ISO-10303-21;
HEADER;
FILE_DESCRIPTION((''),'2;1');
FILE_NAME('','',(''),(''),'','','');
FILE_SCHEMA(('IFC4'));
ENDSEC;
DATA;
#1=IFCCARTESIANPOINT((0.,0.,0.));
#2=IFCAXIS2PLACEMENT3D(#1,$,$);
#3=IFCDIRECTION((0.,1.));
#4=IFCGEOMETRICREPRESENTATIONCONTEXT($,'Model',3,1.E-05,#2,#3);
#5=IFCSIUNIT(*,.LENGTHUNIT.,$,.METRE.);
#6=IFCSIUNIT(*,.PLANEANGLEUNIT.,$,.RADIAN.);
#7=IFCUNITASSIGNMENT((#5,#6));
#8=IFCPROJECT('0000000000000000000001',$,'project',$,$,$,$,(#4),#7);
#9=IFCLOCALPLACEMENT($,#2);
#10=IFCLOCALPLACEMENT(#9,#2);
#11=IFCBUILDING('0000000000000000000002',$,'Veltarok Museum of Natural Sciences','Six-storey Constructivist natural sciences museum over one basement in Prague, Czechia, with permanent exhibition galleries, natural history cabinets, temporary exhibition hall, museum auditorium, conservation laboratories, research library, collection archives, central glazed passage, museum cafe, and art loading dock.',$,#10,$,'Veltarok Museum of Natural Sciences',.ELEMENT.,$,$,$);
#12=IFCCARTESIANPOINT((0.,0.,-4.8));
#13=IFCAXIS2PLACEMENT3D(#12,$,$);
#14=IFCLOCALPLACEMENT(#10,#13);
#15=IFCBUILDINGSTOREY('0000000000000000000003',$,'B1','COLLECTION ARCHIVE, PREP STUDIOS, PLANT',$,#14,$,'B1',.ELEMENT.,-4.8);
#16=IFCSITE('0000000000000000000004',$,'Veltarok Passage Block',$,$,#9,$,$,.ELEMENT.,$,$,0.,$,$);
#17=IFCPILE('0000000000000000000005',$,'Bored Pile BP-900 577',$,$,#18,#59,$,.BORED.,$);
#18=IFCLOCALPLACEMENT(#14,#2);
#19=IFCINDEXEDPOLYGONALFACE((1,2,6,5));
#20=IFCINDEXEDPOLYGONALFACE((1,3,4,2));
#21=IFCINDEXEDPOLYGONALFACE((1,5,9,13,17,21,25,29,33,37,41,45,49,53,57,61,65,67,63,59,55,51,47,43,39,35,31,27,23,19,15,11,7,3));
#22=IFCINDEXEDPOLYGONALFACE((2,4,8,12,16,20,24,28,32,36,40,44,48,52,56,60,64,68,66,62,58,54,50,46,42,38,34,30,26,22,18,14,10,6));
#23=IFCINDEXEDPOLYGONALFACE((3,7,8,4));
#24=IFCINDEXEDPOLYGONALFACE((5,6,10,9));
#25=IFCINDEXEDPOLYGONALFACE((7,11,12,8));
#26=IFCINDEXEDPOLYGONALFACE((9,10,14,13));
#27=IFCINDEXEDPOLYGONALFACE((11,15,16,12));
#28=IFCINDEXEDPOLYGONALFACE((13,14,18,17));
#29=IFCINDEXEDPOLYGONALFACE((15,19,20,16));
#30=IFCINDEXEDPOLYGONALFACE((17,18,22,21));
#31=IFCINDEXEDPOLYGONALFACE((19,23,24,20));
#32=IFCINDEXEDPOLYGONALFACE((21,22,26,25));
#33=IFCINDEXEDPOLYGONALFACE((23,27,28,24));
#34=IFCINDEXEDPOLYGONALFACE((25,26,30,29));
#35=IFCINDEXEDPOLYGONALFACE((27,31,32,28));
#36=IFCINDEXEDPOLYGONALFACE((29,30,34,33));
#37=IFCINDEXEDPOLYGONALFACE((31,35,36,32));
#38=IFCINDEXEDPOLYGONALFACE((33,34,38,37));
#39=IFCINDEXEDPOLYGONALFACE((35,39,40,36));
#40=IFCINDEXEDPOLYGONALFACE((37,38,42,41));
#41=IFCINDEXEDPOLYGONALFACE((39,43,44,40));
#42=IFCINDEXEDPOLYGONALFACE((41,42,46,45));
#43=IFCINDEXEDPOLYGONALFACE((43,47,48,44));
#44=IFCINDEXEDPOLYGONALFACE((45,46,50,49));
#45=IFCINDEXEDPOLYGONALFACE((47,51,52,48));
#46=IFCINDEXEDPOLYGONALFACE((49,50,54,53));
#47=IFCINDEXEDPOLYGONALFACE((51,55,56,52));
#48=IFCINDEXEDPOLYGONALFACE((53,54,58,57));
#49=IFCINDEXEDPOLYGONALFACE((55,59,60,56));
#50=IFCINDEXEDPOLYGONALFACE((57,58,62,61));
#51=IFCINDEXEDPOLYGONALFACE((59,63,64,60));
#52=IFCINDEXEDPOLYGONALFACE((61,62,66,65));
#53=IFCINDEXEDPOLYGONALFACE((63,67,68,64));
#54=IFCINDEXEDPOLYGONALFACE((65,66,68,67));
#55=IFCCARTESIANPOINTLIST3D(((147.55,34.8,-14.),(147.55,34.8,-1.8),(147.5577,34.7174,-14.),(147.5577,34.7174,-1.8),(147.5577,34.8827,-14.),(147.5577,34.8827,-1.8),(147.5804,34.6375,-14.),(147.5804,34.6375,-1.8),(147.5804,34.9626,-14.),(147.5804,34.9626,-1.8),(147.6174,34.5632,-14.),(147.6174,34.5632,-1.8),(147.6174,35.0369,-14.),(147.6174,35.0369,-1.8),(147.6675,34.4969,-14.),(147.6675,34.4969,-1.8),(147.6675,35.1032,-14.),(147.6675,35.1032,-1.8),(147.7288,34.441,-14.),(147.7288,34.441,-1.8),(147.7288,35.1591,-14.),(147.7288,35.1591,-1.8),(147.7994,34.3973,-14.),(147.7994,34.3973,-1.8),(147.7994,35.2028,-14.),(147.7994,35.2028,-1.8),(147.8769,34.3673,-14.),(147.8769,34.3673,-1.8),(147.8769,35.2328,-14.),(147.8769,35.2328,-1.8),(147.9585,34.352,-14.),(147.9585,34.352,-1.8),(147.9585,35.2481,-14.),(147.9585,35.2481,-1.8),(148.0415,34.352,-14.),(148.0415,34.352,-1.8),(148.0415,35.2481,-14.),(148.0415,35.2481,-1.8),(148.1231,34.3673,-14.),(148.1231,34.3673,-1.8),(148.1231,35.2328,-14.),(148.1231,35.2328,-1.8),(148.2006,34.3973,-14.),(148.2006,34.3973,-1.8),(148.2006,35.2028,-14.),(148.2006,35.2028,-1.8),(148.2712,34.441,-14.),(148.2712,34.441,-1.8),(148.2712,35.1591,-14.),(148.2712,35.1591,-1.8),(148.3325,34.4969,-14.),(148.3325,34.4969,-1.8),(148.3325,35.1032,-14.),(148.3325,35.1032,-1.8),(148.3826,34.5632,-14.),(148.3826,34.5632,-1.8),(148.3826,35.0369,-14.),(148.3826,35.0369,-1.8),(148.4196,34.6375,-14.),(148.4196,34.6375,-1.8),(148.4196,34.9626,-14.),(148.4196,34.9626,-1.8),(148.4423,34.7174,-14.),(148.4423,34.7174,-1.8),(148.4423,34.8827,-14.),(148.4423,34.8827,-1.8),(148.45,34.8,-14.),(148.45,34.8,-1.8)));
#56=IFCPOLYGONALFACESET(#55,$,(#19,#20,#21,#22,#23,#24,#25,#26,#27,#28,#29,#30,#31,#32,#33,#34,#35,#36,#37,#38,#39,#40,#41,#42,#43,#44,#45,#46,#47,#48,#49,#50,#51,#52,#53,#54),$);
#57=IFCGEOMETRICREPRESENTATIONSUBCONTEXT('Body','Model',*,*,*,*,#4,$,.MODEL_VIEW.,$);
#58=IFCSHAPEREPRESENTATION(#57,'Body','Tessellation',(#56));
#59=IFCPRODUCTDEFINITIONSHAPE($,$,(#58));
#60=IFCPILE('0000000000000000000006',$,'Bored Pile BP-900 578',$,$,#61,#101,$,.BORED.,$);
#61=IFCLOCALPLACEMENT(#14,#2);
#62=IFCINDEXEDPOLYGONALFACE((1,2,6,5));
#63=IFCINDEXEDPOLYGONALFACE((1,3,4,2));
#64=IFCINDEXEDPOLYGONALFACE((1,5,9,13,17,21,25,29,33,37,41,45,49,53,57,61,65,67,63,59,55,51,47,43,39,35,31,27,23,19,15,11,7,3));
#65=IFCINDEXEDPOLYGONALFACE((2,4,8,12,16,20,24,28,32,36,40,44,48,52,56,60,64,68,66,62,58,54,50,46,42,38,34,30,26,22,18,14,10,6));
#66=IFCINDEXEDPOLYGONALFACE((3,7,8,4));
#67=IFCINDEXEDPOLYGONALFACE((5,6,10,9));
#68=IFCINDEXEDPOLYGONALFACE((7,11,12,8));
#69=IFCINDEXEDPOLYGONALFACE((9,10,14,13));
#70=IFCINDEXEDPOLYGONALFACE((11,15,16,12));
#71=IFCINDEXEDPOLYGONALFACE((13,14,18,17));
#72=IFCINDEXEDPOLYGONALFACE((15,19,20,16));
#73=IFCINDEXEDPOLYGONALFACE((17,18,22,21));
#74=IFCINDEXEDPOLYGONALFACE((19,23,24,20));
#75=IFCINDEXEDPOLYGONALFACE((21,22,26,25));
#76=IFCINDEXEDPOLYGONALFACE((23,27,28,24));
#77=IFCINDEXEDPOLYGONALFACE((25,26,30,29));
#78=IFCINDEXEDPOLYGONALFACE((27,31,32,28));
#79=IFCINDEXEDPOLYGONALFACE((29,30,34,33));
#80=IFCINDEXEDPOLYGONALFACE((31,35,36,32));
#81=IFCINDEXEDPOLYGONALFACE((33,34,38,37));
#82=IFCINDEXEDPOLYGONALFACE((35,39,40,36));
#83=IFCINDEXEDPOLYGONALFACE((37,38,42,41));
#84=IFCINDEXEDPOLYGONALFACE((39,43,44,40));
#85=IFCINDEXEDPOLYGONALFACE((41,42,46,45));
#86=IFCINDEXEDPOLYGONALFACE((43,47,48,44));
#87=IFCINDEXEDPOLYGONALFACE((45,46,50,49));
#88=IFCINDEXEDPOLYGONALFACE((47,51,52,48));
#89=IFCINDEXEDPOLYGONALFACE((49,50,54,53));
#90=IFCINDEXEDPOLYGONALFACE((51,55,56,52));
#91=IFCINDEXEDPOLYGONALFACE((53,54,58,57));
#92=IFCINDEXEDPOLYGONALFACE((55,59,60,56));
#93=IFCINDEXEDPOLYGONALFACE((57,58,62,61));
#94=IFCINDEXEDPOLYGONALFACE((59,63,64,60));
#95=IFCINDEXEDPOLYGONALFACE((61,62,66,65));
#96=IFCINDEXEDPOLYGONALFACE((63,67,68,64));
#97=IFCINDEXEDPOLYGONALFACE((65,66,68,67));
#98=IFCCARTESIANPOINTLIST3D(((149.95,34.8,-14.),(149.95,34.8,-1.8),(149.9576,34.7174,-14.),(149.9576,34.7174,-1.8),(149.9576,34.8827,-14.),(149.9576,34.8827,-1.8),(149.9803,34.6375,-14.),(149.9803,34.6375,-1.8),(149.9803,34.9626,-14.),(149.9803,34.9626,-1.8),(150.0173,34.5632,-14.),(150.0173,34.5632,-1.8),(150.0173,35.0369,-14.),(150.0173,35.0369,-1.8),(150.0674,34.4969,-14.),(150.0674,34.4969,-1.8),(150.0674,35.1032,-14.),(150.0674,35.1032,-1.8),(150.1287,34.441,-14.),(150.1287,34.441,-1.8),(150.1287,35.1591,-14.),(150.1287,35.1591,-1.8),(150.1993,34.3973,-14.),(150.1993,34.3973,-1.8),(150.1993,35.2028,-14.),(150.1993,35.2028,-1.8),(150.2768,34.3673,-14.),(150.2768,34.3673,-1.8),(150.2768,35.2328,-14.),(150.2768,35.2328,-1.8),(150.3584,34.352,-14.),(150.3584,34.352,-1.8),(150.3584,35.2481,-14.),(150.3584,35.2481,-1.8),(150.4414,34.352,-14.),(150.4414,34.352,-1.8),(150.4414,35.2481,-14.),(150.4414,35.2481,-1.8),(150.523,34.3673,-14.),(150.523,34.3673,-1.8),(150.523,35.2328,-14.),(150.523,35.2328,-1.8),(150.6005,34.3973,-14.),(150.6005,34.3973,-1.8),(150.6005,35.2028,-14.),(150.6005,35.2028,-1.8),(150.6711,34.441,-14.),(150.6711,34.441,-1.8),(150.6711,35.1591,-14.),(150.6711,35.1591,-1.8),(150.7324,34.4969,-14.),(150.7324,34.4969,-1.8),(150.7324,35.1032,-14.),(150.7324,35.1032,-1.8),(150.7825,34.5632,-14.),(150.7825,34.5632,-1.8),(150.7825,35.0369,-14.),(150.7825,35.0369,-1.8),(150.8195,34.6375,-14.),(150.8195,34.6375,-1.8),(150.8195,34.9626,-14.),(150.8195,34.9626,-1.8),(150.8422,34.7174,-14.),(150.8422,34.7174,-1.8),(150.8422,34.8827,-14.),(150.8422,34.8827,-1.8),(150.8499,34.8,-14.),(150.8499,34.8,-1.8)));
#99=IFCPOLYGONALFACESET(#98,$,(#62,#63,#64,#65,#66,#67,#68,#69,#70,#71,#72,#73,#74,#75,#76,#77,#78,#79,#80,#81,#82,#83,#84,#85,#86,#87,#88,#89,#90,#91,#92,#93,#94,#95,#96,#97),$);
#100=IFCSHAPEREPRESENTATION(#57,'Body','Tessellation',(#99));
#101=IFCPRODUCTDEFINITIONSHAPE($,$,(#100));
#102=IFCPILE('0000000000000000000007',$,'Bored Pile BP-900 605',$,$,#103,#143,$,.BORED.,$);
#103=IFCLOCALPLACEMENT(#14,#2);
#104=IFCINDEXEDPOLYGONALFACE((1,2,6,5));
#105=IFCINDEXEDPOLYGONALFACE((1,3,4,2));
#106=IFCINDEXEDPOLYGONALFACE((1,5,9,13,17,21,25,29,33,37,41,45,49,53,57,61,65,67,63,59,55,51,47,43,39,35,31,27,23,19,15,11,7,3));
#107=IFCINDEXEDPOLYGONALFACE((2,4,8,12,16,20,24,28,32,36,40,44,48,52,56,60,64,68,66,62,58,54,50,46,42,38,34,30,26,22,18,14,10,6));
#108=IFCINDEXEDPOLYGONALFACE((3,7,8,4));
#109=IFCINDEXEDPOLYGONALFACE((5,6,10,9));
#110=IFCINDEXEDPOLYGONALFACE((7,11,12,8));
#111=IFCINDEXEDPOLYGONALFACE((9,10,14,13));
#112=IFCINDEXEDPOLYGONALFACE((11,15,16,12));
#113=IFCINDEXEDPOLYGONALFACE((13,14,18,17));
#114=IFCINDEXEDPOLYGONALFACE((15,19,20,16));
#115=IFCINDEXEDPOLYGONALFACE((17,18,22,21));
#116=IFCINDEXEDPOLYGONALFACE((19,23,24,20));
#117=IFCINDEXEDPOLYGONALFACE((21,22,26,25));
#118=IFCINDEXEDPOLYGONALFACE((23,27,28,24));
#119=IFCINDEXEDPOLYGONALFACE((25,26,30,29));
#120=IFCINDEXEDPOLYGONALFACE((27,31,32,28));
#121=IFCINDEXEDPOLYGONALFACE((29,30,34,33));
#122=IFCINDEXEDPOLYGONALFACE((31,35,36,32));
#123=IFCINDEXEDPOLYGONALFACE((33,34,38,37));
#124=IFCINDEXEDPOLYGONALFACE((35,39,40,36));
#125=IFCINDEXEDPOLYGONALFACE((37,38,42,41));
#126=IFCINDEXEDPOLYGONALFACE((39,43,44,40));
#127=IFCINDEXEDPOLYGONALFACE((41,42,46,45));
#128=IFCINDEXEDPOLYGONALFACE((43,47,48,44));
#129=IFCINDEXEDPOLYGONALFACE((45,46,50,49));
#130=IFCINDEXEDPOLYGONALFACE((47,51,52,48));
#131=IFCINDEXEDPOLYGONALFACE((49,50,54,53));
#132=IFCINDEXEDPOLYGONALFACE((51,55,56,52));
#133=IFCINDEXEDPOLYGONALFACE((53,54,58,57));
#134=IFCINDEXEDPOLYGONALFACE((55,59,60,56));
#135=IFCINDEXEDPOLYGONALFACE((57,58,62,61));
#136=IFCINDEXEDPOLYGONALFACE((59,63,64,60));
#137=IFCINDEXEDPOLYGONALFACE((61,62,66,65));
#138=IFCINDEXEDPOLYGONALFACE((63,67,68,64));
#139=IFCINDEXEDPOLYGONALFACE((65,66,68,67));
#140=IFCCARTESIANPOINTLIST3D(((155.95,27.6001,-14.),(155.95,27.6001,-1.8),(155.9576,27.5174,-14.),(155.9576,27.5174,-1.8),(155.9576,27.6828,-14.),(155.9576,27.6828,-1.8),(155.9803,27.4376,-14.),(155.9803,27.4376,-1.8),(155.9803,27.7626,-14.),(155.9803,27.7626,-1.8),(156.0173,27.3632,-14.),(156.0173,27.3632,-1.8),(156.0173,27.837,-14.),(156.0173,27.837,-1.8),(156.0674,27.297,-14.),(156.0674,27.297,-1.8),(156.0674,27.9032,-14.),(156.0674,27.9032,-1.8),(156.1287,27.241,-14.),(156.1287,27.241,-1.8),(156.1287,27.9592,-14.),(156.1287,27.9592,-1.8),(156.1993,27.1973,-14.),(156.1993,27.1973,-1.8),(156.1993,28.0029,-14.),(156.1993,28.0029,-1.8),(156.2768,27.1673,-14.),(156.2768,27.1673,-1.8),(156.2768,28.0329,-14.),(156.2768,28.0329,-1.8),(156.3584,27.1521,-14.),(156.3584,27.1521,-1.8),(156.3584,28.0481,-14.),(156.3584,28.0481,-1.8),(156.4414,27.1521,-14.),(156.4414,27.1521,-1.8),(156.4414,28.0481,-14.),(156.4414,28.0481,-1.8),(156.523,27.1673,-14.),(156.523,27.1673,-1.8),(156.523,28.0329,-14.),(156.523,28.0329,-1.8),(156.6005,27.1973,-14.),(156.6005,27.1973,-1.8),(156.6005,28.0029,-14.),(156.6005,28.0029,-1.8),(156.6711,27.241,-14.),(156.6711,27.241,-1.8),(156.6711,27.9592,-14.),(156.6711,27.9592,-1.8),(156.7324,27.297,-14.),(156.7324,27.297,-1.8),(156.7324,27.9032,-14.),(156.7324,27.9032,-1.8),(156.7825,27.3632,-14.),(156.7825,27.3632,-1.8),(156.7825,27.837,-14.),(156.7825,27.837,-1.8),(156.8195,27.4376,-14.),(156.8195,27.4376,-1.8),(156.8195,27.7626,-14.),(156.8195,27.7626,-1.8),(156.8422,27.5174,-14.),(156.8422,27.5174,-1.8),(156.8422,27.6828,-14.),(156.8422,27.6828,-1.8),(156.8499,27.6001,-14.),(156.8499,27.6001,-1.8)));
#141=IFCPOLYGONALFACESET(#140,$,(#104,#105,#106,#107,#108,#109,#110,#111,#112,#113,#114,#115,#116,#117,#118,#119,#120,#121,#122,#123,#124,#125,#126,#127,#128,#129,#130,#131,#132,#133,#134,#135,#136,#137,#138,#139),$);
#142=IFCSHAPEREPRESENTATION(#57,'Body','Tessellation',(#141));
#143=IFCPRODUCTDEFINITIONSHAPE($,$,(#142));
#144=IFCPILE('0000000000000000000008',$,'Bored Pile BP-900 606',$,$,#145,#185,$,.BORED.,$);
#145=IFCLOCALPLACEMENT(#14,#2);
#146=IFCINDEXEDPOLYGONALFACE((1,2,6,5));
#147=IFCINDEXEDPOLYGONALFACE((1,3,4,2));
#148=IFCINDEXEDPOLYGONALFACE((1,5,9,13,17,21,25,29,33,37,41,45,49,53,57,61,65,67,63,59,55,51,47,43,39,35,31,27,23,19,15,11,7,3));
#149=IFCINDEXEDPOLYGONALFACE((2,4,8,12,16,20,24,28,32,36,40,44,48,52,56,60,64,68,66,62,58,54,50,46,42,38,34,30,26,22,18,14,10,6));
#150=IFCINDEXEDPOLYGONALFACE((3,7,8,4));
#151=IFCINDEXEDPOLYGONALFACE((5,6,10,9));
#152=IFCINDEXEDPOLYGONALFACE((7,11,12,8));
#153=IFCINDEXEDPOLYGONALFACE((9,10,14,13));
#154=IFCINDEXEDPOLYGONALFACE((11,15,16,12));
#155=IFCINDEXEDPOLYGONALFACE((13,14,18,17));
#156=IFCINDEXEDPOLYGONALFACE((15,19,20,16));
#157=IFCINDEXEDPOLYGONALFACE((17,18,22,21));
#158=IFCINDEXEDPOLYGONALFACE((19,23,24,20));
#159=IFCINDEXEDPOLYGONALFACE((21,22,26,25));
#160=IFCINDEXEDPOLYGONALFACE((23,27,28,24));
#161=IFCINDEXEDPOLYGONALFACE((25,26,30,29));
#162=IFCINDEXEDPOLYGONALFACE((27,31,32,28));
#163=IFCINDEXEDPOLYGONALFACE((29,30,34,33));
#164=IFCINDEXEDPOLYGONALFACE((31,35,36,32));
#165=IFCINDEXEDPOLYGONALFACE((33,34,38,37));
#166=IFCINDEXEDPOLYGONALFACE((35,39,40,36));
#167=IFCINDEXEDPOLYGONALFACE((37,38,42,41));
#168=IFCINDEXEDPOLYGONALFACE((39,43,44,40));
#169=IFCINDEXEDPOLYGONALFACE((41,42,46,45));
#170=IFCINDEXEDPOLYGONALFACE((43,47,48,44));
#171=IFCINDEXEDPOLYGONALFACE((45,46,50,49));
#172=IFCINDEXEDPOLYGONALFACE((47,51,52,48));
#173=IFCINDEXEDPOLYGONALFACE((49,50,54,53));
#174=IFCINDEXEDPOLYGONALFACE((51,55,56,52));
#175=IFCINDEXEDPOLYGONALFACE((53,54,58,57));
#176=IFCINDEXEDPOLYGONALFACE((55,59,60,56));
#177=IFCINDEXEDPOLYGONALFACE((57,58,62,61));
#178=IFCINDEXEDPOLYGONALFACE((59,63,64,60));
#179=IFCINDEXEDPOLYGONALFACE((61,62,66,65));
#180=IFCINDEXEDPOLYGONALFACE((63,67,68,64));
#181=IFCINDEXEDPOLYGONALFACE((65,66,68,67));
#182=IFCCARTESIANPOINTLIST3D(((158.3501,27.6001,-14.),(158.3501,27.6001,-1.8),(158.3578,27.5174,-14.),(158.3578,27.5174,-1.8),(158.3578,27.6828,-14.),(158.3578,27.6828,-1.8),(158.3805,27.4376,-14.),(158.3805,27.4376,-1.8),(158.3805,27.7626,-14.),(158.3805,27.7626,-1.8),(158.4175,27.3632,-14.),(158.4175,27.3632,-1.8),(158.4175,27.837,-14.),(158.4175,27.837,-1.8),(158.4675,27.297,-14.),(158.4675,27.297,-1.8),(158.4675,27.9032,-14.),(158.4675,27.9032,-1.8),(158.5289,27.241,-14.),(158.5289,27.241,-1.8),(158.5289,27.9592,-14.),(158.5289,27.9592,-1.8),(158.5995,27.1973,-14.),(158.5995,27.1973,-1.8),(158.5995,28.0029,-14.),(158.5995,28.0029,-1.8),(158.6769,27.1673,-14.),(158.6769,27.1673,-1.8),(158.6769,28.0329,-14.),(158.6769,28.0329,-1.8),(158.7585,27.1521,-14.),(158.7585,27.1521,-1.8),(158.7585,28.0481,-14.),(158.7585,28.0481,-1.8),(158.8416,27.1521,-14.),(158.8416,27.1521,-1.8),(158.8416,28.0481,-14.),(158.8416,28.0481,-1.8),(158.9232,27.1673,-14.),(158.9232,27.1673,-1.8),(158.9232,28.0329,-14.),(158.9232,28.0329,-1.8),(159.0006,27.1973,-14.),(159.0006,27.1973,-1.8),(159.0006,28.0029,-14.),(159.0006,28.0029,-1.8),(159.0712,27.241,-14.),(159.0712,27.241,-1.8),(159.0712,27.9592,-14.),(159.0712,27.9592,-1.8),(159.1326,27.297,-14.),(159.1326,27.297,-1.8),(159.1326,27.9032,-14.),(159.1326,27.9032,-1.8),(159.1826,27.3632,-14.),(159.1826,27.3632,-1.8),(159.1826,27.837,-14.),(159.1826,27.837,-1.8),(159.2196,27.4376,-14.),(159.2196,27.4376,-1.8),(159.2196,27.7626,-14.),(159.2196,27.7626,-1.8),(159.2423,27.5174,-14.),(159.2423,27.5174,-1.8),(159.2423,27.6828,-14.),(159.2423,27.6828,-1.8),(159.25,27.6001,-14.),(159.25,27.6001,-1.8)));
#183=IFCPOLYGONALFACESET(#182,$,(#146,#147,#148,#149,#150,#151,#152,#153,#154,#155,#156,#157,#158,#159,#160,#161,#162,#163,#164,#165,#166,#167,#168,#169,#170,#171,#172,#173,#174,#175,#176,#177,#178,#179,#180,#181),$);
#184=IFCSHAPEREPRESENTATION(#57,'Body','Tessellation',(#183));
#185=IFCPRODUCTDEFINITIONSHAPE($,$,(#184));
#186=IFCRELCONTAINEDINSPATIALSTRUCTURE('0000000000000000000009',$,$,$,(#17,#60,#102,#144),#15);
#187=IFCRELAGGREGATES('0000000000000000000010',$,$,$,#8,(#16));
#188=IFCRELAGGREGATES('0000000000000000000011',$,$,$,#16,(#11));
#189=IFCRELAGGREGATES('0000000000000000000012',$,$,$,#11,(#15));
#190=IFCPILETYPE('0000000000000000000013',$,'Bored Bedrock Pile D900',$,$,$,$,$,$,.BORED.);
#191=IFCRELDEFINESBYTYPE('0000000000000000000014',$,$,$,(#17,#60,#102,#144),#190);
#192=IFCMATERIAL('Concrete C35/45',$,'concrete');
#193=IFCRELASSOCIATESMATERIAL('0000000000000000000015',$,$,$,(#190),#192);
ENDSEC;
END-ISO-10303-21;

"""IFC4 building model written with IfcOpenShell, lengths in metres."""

from ifc_helpers import new_model, si_unit, direction, frame, origin, origin_2d, place, context, subcontext, project, spatial, circle, extrude, material, material_profile, profile_set, type_object, element, save


model = new_model("IFC4")

# Units and contexts
model_context = context("Model", 3, precision=1e-05, world=origin(), true_north=direction((0.0, 1.0)))
body_context = subcontext(model_context, "Body", "Model", "MODEL_VIEW")
ifc_project = project(units=[si_unit("LENGTHUNIT", "METRE"), si_unit("PLANEANGLEUNIT", "RADIAN")], contexts=[model_context])

# Site, building, storey
site_placement = place(None, origin())
site = spatial("IfcSite", under=ifc_project, at=site_placement, Name="Veltarok Passage Block", CompositionType="ELEMENT", RefElevation=0.0)
building_placement = place(site_placement, origin())
building = spatial("IfcBuilding", under=site, at=building_placement, Name="Veltarok Museum of Natural Sciences", Description="Six-storey Constructivist natural sciences museum over one basement in Prague, Czechia, with permanent exhibition galleries, natural history cabinets, temporary exhibition hall, museum auditorium, conservation laboratories, research library, collection archives, central glazed passage, museum cafe, and art loading dock.", LongName="Veltarok Museum of Natural Sciences", CompositionType="ELEMENT")
storey_placement = place(building_placement, frame((0.0, 0.0, -4.8)))
storey = spatial("IfcBuildingStorey", under=building, at=storey_placement, Name="B1", Description="COLLECTION ARCHIVE, PREP STUDIOS, PLANT", LongName="B1", CompositionType="ELEMENT", Elevation=-4.8)

# Piles
ifc_material_1 = material(Name="Concrete C35/45", Category="concrete")
ifc_material_profile_1 = material_profile(ifc_material_1, circle(Radius=0.45, at=origin_2d()), Name="BP D900")
ifc_profile_set_1 = profile_set([ifc_material_profile_1], Name="Concrete C35/45")
pile_type_1 = type_object("IfcPileType", Name="Bored Bedrock Pile D900", PredefinedType="BORED", material=ifc_profile_set_1)
for number, where, z_axis, x_axis, name in (
    (1, (148.0, 34.8, -1.8), (0.0, 0.0, -1.0), (1.0, 0.0, 0.0), "Bored Pile BP-900 577"),
    (2, (150.3999, 34.8, -1.8), (0.0, 0.0, -1.0), (1.0, 0.0, 0.0), "Bored Pile BP-900 578"),
    (3, (156.3999, 27.6001, -1.8), (0.0, 0.0, -1.0), (1.0, 0.0, 0.0), "Bored Pile BP-900 605"),
    (4, (158.8, 27.6001, -1.8), (0.0, 0.0, -1.0), (1.0, 0.0, 0.0), "Bored Pile BP-900 606"),
):
    element("IfcPile", number, at=place(storey_placement, frame(where, z_axis=z_axis, x_axis=x_axis)), inside=storey, type_object=pile_type_1, Name=name, PredefinedType="BORED", context=body_context, shape_type="SweptSolid", body=[
        extrude(circle(Radius=0.45, at=origin_2d()), origin(), (0.0, 0.0, 1.0), 12.2),
    ])

save(model, "model.ifc")
